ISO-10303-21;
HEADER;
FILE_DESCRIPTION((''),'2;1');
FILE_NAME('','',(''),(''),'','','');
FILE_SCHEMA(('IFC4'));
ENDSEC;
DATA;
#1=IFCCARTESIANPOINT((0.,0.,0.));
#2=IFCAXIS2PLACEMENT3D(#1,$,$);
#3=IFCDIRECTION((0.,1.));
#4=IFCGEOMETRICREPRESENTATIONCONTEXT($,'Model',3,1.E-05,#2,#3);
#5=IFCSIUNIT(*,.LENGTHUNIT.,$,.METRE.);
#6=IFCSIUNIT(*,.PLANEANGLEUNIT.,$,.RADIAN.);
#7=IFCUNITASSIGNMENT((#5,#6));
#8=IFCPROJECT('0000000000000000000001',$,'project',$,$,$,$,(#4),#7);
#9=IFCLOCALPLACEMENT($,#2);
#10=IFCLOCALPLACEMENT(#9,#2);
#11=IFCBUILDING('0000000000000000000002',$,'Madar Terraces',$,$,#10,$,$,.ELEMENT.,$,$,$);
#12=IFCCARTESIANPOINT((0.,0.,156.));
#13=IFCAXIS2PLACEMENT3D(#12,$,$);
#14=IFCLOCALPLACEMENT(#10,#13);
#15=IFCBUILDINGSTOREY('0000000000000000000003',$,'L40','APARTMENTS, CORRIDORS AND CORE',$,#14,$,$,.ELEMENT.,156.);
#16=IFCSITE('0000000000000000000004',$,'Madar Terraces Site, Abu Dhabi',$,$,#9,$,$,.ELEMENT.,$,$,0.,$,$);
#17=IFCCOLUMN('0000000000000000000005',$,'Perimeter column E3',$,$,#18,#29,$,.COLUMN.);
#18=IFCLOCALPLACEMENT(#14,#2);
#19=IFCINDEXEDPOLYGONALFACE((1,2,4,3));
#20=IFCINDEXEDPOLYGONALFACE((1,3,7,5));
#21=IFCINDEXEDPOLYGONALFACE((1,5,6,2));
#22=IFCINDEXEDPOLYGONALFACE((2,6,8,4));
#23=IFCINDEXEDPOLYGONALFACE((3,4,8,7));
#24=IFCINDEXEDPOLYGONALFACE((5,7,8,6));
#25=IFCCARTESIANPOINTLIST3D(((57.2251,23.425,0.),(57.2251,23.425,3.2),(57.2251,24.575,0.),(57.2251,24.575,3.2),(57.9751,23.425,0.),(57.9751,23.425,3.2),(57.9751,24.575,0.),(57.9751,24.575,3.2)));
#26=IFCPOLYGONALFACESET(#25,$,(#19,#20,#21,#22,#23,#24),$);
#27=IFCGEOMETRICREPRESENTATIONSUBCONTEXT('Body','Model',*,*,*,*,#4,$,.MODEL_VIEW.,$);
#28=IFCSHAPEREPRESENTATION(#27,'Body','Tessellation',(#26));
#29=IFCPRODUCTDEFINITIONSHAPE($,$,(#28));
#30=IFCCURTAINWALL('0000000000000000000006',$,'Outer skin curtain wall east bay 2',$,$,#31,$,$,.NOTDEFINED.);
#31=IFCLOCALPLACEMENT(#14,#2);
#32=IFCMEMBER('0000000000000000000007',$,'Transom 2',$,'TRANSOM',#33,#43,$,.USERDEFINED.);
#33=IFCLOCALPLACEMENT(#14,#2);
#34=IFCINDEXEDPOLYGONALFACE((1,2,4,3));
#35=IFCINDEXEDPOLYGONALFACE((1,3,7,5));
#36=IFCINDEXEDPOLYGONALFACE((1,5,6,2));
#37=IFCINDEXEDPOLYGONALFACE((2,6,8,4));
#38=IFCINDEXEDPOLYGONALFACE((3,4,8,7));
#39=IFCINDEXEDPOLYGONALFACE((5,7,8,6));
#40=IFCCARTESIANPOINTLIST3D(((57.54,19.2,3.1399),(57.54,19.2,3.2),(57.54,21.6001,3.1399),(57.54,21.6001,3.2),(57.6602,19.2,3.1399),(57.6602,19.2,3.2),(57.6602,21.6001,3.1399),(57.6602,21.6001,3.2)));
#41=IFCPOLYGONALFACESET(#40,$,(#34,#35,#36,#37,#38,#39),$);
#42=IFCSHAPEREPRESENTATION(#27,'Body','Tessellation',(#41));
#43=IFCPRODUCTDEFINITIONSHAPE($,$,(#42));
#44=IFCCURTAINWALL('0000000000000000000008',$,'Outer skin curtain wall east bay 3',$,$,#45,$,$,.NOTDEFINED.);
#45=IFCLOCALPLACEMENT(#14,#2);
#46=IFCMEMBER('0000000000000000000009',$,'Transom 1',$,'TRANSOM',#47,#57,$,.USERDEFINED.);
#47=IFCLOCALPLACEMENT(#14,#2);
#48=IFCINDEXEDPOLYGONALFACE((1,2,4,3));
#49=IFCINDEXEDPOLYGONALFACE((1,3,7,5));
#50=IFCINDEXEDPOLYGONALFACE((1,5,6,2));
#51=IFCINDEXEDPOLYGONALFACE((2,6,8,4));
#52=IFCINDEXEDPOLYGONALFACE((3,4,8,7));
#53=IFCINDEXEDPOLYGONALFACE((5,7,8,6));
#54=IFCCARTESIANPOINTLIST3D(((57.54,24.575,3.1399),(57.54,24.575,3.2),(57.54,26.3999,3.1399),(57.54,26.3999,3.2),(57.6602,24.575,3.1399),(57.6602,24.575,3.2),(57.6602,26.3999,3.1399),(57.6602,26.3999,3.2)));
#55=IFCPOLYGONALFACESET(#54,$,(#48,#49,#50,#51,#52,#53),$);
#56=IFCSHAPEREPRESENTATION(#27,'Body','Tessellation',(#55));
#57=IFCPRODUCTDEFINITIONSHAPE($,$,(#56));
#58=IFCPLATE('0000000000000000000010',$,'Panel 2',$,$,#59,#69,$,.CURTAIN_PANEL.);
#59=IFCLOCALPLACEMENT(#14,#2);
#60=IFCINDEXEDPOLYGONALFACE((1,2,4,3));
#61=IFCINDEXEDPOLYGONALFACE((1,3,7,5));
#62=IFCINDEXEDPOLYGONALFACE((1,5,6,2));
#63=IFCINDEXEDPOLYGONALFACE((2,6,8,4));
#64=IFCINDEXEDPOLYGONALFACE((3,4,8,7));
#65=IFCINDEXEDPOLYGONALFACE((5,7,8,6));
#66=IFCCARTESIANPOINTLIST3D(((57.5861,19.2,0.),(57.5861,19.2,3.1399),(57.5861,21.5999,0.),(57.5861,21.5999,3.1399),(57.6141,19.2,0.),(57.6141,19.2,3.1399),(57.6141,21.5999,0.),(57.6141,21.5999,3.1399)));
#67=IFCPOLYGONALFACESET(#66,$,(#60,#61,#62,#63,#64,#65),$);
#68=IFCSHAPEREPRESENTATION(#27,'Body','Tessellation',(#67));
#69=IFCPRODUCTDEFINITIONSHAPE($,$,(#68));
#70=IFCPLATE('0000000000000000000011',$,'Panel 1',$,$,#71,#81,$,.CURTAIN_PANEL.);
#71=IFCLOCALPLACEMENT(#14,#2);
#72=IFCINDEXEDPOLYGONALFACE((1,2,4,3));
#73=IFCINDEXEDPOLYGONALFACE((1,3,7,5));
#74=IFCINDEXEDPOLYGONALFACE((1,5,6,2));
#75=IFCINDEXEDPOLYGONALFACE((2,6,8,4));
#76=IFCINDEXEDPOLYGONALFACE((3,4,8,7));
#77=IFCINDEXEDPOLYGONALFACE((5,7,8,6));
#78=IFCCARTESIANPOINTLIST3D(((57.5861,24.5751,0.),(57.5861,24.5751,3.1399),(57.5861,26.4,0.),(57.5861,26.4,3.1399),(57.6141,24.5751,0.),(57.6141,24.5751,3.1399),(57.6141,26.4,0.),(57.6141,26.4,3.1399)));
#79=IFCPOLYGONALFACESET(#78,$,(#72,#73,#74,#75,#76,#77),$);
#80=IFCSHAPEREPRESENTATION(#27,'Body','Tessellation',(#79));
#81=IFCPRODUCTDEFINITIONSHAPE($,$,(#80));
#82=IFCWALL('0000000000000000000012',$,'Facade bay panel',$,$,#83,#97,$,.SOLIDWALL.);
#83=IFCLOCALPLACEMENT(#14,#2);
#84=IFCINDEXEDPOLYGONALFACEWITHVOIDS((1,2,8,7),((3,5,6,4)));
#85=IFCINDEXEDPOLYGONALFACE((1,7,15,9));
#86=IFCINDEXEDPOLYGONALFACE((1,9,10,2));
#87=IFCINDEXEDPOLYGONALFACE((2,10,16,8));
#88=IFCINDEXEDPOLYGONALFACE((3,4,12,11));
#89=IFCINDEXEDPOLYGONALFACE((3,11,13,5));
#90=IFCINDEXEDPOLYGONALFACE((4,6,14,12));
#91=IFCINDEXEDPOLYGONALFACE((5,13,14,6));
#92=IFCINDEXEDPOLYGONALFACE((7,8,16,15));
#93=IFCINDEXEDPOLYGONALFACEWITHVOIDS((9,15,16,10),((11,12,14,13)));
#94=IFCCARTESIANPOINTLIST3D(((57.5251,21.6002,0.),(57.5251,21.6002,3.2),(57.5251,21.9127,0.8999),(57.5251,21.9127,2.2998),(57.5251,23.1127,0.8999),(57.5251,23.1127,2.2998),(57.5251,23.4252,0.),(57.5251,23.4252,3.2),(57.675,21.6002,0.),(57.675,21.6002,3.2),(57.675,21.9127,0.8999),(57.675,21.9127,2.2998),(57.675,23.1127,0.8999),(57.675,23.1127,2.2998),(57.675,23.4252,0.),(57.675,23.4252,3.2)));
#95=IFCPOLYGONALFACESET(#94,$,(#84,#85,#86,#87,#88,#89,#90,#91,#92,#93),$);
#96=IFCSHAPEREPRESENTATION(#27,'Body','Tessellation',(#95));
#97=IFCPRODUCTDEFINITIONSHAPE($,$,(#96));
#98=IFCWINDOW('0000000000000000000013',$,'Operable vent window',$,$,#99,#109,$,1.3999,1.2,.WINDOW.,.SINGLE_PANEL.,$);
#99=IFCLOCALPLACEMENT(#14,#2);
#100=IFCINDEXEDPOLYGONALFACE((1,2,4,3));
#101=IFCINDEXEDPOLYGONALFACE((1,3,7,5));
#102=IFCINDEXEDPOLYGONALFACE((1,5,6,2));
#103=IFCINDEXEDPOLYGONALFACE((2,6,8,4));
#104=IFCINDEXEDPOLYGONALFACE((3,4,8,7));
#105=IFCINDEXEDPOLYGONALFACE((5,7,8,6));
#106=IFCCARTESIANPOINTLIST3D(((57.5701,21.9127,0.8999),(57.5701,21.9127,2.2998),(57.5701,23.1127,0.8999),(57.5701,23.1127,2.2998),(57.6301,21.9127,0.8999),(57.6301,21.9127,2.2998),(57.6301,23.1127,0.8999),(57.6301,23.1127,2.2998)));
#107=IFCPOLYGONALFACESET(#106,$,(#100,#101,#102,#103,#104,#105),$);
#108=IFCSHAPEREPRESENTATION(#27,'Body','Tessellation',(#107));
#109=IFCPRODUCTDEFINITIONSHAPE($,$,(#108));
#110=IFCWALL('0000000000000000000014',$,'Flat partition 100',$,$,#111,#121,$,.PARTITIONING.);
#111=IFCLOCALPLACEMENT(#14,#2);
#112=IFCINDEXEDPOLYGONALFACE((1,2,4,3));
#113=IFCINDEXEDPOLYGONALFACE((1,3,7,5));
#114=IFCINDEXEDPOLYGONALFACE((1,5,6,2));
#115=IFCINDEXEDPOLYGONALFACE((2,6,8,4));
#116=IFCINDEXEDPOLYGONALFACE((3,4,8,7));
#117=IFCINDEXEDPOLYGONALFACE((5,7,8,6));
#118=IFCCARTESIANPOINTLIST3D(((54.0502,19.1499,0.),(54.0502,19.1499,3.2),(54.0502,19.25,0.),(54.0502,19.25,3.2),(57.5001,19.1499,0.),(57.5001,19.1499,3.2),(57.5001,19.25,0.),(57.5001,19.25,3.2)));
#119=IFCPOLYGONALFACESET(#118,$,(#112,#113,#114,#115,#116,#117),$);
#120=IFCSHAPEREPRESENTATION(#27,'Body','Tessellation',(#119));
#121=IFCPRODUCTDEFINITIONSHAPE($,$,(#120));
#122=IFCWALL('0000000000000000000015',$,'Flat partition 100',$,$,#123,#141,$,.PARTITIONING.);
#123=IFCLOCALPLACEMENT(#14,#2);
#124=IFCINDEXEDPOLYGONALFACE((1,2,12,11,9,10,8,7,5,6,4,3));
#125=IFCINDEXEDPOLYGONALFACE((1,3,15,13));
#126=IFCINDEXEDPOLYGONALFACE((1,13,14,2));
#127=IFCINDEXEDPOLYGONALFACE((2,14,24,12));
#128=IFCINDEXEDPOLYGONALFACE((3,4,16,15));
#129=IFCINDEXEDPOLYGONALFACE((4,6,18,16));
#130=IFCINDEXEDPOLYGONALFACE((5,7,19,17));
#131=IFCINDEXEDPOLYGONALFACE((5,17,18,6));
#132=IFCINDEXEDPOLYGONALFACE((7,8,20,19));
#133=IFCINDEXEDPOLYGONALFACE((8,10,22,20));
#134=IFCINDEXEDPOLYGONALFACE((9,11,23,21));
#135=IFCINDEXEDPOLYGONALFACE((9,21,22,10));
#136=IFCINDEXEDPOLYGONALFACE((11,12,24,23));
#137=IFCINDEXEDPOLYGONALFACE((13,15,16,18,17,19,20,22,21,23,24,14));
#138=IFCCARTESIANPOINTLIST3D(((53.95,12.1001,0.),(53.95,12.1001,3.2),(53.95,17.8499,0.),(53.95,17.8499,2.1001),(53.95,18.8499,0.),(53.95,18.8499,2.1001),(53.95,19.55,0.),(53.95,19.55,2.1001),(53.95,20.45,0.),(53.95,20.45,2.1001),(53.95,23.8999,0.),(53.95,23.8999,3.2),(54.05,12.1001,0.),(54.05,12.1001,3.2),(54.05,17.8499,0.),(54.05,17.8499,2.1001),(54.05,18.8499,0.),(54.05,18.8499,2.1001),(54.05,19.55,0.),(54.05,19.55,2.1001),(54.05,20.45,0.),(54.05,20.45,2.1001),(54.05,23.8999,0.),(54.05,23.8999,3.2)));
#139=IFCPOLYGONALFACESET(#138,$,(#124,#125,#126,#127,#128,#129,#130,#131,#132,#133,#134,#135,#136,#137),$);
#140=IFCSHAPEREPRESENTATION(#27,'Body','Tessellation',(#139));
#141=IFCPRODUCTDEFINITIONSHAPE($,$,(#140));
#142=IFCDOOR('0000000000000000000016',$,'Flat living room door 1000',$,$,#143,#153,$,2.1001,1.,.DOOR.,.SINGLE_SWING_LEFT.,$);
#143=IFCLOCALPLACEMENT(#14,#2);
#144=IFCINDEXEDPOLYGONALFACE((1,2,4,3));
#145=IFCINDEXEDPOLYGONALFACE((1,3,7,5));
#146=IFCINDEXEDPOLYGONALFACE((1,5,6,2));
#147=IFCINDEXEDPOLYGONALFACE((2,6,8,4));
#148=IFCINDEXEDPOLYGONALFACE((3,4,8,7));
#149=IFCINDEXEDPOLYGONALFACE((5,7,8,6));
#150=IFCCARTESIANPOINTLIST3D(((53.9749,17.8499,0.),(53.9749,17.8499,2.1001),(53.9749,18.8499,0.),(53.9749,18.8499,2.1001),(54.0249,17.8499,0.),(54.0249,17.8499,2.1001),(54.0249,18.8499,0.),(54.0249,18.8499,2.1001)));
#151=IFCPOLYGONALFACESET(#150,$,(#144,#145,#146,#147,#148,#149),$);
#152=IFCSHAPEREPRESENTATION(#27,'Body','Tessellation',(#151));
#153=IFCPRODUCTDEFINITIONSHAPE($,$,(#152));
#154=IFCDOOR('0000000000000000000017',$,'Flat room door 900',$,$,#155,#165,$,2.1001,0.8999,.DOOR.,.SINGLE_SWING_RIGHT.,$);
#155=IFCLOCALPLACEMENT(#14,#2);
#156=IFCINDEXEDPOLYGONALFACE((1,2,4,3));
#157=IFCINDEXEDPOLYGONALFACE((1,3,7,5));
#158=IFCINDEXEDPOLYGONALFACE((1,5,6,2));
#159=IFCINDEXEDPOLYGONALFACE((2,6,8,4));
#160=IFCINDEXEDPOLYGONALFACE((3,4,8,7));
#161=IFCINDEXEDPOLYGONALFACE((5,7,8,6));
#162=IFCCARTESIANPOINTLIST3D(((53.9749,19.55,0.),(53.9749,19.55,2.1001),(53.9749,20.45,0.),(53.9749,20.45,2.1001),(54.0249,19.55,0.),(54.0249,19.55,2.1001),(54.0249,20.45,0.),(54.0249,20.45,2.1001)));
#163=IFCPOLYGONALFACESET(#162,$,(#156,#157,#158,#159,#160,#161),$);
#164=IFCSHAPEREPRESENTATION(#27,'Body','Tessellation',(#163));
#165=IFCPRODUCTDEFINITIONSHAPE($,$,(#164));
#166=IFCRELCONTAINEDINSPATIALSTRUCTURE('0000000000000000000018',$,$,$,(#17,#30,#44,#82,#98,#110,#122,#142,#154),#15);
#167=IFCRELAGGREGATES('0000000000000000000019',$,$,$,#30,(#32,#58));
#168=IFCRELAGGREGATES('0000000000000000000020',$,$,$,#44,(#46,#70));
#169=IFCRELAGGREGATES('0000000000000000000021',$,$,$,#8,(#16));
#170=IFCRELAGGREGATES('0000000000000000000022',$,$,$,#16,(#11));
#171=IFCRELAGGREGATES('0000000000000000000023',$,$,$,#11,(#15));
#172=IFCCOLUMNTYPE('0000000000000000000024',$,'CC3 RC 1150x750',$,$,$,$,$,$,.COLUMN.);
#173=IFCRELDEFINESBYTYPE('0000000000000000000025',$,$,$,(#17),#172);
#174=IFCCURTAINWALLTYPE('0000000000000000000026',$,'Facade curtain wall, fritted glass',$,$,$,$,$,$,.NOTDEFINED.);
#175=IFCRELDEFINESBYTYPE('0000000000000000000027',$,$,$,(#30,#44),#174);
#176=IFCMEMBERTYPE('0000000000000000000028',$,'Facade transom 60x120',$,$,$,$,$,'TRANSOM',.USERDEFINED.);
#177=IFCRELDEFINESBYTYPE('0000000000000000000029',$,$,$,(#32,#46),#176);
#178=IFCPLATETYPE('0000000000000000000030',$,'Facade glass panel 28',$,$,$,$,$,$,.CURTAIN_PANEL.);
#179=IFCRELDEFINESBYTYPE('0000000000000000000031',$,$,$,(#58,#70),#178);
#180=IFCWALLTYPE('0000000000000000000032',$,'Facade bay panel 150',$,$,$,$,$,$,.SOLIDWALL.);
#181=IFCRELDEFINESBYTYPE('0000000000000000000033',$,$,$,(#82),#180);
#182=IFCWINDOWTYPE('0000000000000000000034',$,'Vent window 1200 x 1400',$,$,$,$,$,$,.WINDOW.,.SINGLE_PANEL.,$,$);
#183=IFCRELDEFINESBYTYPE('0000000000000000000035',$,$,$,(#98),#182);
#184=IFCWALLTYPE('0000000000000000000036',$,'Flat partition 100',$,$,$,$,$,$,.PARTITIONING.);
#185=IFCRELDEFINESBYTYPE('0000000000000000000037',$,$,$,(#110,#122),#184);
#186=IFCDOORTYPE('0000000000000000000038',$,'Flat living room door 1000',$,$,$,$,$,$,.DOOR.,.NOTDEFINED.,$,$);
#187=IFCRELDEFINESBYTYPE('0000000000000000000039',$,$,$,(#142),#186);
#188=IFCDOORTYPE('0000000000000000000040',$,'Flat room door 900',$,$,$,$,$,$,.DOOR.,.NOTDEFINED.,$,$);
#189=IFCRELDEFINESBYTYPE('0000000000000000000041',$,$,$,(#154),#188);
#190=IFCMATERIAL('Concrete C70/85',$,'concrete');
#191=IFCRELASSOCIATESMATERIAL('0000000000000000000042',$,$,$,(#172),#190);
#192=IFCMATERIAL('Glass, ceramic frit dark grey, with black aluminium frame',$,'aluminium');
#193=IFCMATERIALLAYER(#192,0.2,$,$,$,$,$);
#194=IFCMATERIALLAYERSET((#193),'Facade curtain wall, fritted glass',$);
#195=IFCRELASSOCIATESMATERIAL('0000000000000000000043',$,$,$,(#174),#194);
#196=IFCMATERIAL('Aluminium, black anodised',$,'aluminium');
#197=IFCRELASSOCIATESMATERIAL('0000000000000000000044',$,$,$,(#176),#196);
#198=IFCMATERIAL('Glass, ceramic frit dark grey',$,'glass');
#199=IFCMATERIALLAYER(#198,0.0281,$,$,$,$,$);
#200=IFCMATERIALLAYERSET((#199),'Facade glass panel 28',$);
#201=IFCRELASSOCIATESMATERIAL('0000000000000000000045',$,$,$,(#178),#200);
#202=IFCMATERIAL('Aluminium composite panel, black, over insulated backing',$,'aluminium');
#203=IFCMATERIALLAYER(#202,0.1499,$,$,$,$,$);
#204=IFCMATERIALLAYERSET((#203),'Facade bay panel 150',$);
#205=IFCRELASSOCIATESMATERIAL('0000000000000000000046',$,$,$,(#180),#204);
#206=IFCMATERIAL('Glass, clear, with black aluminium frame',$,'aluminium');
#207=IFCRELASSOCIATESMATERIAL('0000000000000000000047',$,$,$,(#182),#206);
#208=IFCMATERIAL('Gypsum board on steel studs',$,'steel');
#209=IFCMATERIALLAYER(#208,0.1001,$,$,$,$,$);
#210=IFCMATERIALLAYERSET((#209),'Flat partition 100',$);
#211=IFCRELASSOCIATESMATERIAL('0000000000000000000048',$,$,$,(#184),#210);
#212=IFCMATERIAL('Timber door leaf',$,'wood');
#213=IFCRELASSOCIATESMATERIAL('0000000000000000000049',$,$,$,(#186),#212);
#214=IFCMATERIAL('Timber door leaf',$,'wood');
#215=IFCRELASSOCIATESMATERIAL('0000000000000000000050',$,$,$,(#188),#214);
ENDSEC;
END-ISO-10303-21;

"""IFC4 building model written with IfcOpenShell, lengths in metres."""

from ifc_helpers import new_model, si_unit, direction, frame, frame_2d, origin, origin_2d, place, context, subcontext, project, spatial, rectangle, extrude, material, layer, layer_set, material_profile, profile_set, type_object, element, fill, aggregate, save


model = new_model("IFC4")

# Units and contexts
model_context = context("Model", 3, precision=1e-05, world=origin(), true_north=direction((0.0, 1.0)))
body_context = subcontext(model_context, "Body", "Model", "MODEL_VIEW")
ifc_project = project(units=[si_unit("LENGTHUNIT", "METRE"), si_unit("PLANEANGLEUNIT", "RADIAN")], contexts=[model_context])

# Site, building, storey
site_placement = place(None, origin())
site = spatial("IfcSite", under=ifc_project, at=site_placement, Name="Madar Terraces Site, Abu Dhabi", CompositionType="ELEMENT", RefElevation=0.0)
building_placement = place(site_placement, origin())
building = spatial("IfcBuilding", under=site, at=building_placement, Name="Madar Terraces", CompositionType="ELEMENT")
storey_placement = place(building_placement, frame((0.0, 0.0, 156.0)))
storey = spatial("IfcBuildingStorey", under=building, at=storey_placement, Name="L40", Description="APARTMENTS, CORRIDORS AND CORE", CompositionType="ELEMENT", Elevation=156.0)

# Column
ifc_material_1 = material(Name="Concrete C70/85", Category="concrete")
ifc_material_profile_1 = material_profile(ifc_material_1, rectangle(XDim=1.1499, YDim=0.75, at=origin_2d()), Name="CC3 RC 1150x750")
ifc_profile_set_1 = profile_set([ifc_material_profile_1], Name="Concrete C70/85")
column_type = type_object("IfcColumnType", Name="CC3 RC 1150x750", PredefinedType="COLUMN", material=ifc_profile_set_1)
column_placement = place(storey_placement, frame((57.6001, 24.0, 0.0), z_axis=(0.0, 0.0, 1.0), x_axis=(0.0, 1.0, 0.0)))
element("IfcColumn", 1, at=column_placement, inside=storey, type_object=column_type, Name="Perimeter column E3", PredefinedType="COLUMN", context=body_context, shape_type="SweptSolid", body=[
    extrude(rectangle(XDim=1.1499, YDim=0.75, at=origin_2d()), origin(), (0.0, 0.0, 1.0), 3.2),
])

# Curtain walls, members
ifc_material_2 = material(Name="Glass, ceramic frit dark grey, with black aluminium frame", Category="aluminium")
ifc_layer_1 = layer(ifc_material_2, 0.2)
ifc_layer_set_1 = layer_set([ifc_layer_1], Name="Facade curtain wall, fritted glass")
curtain_wall_type = type_object("IfcCurtainWallType", Name="Facade curtain wall, fritted glass", PredefinedType="NOTDEFINED", material=ifc_layer_set_1)
curtain_wall_1_placement = place(storey_placement, origin())
curtain_wall_1 = element("IfcCurtainWall", 2, at=curtain_wall_1_placement, inside=storey, type_object=curtain_wall_type, Name="Outer skin curtain wall east bay 2", PredefinedType="NOTDEFINED")
ifc_material_3 = material(Name="Aluminium, black anodised", Category="aluminium")
ifc_material_profile_2 = material_profile(ifc_material_3, rectangle(XDim=0.1201, YDim=0.0601, at=origin_2d()), Name="Facade transom 60x120")
ifc_profile_set_2 = profile_set([ifc_material_profile_2], Name="Aluminium, black anodised")
member_type = type_object("IfcMemberType", Name="Facade transom 60x120", ElementType="TRANSOM", PredefinedType="USERDEFINED", material=ifc_profile_set_2)
member_1_placement = place(storey_placement, frame((57.6001, 19.2, 3.1699), z_axis=(0.0, 1.0, 0.0), x_axis=(-1.0, 0.0, 0.0)))
member_1 = element("IfcMember", 3, at=member_1_placement, type_object=member_type, Name="Transom 2", ObjectType="TRANSOM", PredefinedType="USERDEFINED", context=body_context, shape_type="SweptSolid", body=[
    extrude(rectangle(XDim=0.1201, YDim=0.0601, at=origin_2d()), origin(), (0.0, 0.0, 1.0), 2.4001),
])
curtain_wall_2_placement = place(storey_placement, origin())
curtain_wall_2 = element("IfcCurtainWall", 4, at=curtain_wall_2_placement, inside=storey, type_object=curtain_wall_type, Name="Outer skin curtain wall east bay 3", PredefinedType="NOTDEFINED")
member_2_placement = place(storey_placement, frame((57.6001, 24.575, 3.1699), z_axis=(0.0, 1.0, 0.0), x_axis=(-1.0, 0.0, 0.0)))
member_2 = element("IfcMember", 5, at=member_2_placement, type_object=member_type, Name="Transom 1", ObjectType="TRANSOM", PredefinedType="USERDEFINED", context=body_context, shape_type="SweptSolid", body=[
    extrude(rectangle(XDim=0.1201, YDim=0.0601, at=origin_2d()), origin(), (0.0, 0.0, 1.0), 1.825),
])

# Plates
ifc_material_4 = material(Name="Glass, ceramic frit dark grey", Category="glass")
ifc_layer_2 = layer(ifc_material_4, 0.0281)
ifc_layer_set_2 = layer_set([ifc_layer_2], Name="Facade glass panel 28")
plate_type = type_object("IfcPlateType", Name="Facade glass panel 28", PredefinedType="CURTAIN_PANEL", material=ifc_layer_set_2)
plate_1_placement = place(storey_placement, frame((57.6001, 20.3999, 0.0), z_axis=(0.0, 0.0, 1.0), x_axis=(0.0, 1.0, 0.0)))
plate_1 = element("IfcPlate", 6, at=plate_1_placement, type_object=plate_type, Name="Panel 2", PredefinedType="CURTAIN_PANEL", context=body_context, shape_type="SweptSolid", body=[
    extrude(rectangle(XDim=2.3999, YDim=0.0281, at=origin_2d()), origin(), (0.0, 0.0, 1.0), 3.1399),
])
aggregate(curtain_wall_1, [member_1, plate_1])
plate_2_placement = place(storey_placement, frame((57.6001, 25.4875, 0.0), z_axis=(0.0, 0.0, 1.0), x_axis=(0.0, 1.0, 0.0)))
plate_2 = element("IfcPlate", 7, at=plate_2_placement, type_object=plate_type, Name="Panel 1", PredefinedType="CURTAIN_PANEL", context=body_context, shape_type="SweptSolid", body=[
    extrude(rectangle(XDim=1.825, YDim=0.0281, at=origin_2d()), origin(), (0.0, 0.0, 1.0), 3.1399),
])
aggregate(curtain_wall_2, [member_2, plate_2])

# Wall, opening, window
ifc_material_5 = material(Name="Aluminium composite panel, black, over insulated backing", Category="aluminium")
ifc_layer_3 = layer(ifc_material_5, 0.1499)
ifc_layer_set_3 = layer_set([ifc_layer_3], Name="Facade bay panel 150")
wall_type_1 = type_object("IfcWallType", Name="Facade bay panel 150", PredefinedType="SOLIDWALL", material=ifc_layer_set_3)
wall_1_placement = place(storey_placement, frame((57.6001, 21.6001, 0.0), z_axis=(0.0, 0.0, 1.0), x_axis=(0.0, 1.0, 0.0)))
wall_1 = element("IfcWall", 8, at=wall_1_placement, inside=storey, type_object=wall_type_1, Name="Facade bay panel", PredefinedType="SOLIDWALL", context=body_context, shape_type="SweptSolid", body=[
    extrude(rectangle(XDim=1.825, YDim=0.1499, at=frame_2d((0.9126, 0.0))), origin(), (0.0, 0.0, 1.0), 3.2),
])
opening_1_placement = place(wall_1_placement, frame((0.3125, 0.0, 0.8999)))
opening_1 = element("IfcOpeningElement", 9, at=opening_1_placement, cuts=wall_1, PredefinedType="OPENING", context=body_context, shape_type="SweptSolid", body=[
    extrude(rectangle(XDim=1.2, YDim=1.3999, at=frame_2d((0.6001, 0.7))), frame((0.0, 0.085, 0.0), z_axis=(0.0, -1.0, 0.0), x_axis=(1.0, 0.0, 0.0)), (0.0, 0.0, 1.0), 0.1699),
])
ifc_material_6 = material(Name="Glass, clear, with black aluminium frame", Category="aluminium")
window_type = type_object("IfcWindowType", Name="Vent window 1200 x 1400", PartitioningType="SINGLE_PANEL", PredefinedType="WINDOW", material=ifc_material_6)
window_placement = place(opening_1_placement, origin())
window = element("IfcWindow", 10, at=window_placement, inside=storey, type_object=window_type, Name="Operable vent window", OverallHeight=1.3999, OverallWidth=1.2, PartitioningType="SINGLE_PANEL", PredefinedType="WINDOW", context=body_context, shape_type="SweptSolid", body=[
    extrude(rectangle(XDim=1.2, YDim=1.3999, at=frame_2d((0.6001, 0.7))), frame((0.0, 0.03, 0.0), z_axis=(0.0, -1.0, 0.0), x_axis=(1.0, 0.0, 0.0)), (0.0, 0.0, 1.0), 0.0601),
])
fill(opening_1, window)

# Wall
ifc_material_7 = material(Name="Gypsum board on steel studs", Category="steel")
ifc_layer_4 = layer(ifc_material_7, 0.1001)
ifc_layer_set_4 = layer_set([ifc_layer_4], Name="Flat partition 100")
wall_type_2 = type_object("IfcWallType", Name="Flat partition 100", PredefinedType="PARTITIONING", material=ifc_layer_set_4)
wall_2_placement = place(storey_placement, frame((54.05, 19.2, 0.0), z_axis=(0.0, 0.0, 1.0), x_axis=(1.0, 0.0, 0.0)))
element("IfcWall", 11, at=wall_2_placement, inside=storey, type_object=wall_type_2, Name="Flat partition 100", PredefinedType="PARTITIONING", context=body_context, shape_type="SweptSolid", body=[
    extrude(rectangle(XDim=3.45, YDim=0.1001, at=frame_2d((1.7251, 0.0))), origin(), (0.0, 0.0, 1.0), 3.2),
])

# Wall, openings, doors
wall_3_placement = place(storey_placement, frame((54.0, 23.8999, 0.0), z_axis=(0.0, 0.0, 1.0), x_axis=(0.0, -1.0, 0.0)))
wall_3 = element("IfcWall", 12, at=wall_3_placement, inside=storey, type_object=wall_type_2, Name="Flat partition 100", PredefinedType="PARTITIONING", context=body_context, shape_type="SweptSolid", body=[
    extrude(rectangle(XDim=11.7998, YDim=0.1001, at=frame_2d((5.8999, 0.0))), origin(), (0.0, 0.0, 1.0), 3.2),
])
opening_2_placement = place(wall_3_placement, frame((3.45, 0.0, 0.0)))
opening_2 = element("IfcOpeningElement", 13, at=opening_2_placement, cuts=wall_3, PredefinedType="OPENING", context=body_context, shape_type="SweptSolid", body=[
    extrude(rectangle(XDim=0.8999, YDim=2.1001, at=frame_2d((0.45, 1.05))), frame((0.0, 0.0601, 0.0), z_axis=(0.0, -1.0, 0.0), x_axis=(1.0, 0.0, 0.0)), (0.0, 0.0, 1.0), 0.1201),
])
opening_3_placement = place(wall_3_placement, frame((5.05, 0.0, 0.0)))
opening_3 = element("IfcOpeningElement", 14, at=opening_3_placement, cuts=wall_3, PredefinedType="OPENING", context=body_context, shape_type="SweptSolid", body=[
    extrude(rectangle(XDim=1.0, YDim=2.1001, at=frame_2d((0.5, 1.05))), frame((0.0, 0.0601, 0.0), z_axis=(0.0, -1.0, 0.0), x_axis=(1.0, 0.0, 0.0)), (0.0, 0.0, 1.0), 0.1201),
])
ifc_material_8 = material(Name="Timber door leaf", Category="wood")
door_type_1 = type_object("IfcDoorType", Name="Flat living room door 1000", OperationType="NOTDEFINED", PredefinedType="DOOR", material=ifc_material_8)
door_1_placement = place(opening_3_placement, origin())
door_1 = element("IfcDoor", 15, at=door_1_placement, inside=storey, type_object=door_type_1, Name="Flat living room door 1000", OperationType="SINGLE_SWING_LEFT", OverallHeight=2.1001, OverallWidth=1.0, PredefinedType="DOOR", context=body_context, shape_type="SweptSolid", body=[
    extrude(rectangle(XDim=1.0, YDim=2.1001, at=frame_2d((0.5, 1.05))), frame((0.0, 0.0249, 0.0), z_axis=(0.0, -1.0, 0.0), x_axis=(1.0, 0.0, 0.0)), (0.0, 0.0, 1.0), 0.05),
])
fill(opening_3, door_1)
ifc_material_9 = material(Name="Timber door leaf", Category="wood")
door_type_2 = type_object("IfcDoorType", Name="Flat room door 900", OperationType="NOTDEFINED", PredefinedType="DOOR", material=ifc_material_9)
door_2_placement = place(opening_2_placement, origin())
door_2 = element("IfcDoor", 16, at=door_2_placement, inside=storey, type_object=door_type_2, Name="Flat room door 900", OperationType="SINGLE_SWING_RIGHT", OverallHeight=2.1001, OverallWidth=0.8999, PredefinedType="DOOR", context=body_context, shape_type="SweptSolid", body=[
    extrude(rectangle(XDim=0.8999, YDim=2.1001, at=frame_2d((0.45, 1.05))), frame((0.0, 0.0249, 0.0), z_axis=(0.0, -1.0, 0.0), x_axis=(1.0, 0.0, 0.0)), (0.0, 0.0, 1.0), 0.05),
])
fill(opening_2, door_2)

save(model, "model.ifc")
